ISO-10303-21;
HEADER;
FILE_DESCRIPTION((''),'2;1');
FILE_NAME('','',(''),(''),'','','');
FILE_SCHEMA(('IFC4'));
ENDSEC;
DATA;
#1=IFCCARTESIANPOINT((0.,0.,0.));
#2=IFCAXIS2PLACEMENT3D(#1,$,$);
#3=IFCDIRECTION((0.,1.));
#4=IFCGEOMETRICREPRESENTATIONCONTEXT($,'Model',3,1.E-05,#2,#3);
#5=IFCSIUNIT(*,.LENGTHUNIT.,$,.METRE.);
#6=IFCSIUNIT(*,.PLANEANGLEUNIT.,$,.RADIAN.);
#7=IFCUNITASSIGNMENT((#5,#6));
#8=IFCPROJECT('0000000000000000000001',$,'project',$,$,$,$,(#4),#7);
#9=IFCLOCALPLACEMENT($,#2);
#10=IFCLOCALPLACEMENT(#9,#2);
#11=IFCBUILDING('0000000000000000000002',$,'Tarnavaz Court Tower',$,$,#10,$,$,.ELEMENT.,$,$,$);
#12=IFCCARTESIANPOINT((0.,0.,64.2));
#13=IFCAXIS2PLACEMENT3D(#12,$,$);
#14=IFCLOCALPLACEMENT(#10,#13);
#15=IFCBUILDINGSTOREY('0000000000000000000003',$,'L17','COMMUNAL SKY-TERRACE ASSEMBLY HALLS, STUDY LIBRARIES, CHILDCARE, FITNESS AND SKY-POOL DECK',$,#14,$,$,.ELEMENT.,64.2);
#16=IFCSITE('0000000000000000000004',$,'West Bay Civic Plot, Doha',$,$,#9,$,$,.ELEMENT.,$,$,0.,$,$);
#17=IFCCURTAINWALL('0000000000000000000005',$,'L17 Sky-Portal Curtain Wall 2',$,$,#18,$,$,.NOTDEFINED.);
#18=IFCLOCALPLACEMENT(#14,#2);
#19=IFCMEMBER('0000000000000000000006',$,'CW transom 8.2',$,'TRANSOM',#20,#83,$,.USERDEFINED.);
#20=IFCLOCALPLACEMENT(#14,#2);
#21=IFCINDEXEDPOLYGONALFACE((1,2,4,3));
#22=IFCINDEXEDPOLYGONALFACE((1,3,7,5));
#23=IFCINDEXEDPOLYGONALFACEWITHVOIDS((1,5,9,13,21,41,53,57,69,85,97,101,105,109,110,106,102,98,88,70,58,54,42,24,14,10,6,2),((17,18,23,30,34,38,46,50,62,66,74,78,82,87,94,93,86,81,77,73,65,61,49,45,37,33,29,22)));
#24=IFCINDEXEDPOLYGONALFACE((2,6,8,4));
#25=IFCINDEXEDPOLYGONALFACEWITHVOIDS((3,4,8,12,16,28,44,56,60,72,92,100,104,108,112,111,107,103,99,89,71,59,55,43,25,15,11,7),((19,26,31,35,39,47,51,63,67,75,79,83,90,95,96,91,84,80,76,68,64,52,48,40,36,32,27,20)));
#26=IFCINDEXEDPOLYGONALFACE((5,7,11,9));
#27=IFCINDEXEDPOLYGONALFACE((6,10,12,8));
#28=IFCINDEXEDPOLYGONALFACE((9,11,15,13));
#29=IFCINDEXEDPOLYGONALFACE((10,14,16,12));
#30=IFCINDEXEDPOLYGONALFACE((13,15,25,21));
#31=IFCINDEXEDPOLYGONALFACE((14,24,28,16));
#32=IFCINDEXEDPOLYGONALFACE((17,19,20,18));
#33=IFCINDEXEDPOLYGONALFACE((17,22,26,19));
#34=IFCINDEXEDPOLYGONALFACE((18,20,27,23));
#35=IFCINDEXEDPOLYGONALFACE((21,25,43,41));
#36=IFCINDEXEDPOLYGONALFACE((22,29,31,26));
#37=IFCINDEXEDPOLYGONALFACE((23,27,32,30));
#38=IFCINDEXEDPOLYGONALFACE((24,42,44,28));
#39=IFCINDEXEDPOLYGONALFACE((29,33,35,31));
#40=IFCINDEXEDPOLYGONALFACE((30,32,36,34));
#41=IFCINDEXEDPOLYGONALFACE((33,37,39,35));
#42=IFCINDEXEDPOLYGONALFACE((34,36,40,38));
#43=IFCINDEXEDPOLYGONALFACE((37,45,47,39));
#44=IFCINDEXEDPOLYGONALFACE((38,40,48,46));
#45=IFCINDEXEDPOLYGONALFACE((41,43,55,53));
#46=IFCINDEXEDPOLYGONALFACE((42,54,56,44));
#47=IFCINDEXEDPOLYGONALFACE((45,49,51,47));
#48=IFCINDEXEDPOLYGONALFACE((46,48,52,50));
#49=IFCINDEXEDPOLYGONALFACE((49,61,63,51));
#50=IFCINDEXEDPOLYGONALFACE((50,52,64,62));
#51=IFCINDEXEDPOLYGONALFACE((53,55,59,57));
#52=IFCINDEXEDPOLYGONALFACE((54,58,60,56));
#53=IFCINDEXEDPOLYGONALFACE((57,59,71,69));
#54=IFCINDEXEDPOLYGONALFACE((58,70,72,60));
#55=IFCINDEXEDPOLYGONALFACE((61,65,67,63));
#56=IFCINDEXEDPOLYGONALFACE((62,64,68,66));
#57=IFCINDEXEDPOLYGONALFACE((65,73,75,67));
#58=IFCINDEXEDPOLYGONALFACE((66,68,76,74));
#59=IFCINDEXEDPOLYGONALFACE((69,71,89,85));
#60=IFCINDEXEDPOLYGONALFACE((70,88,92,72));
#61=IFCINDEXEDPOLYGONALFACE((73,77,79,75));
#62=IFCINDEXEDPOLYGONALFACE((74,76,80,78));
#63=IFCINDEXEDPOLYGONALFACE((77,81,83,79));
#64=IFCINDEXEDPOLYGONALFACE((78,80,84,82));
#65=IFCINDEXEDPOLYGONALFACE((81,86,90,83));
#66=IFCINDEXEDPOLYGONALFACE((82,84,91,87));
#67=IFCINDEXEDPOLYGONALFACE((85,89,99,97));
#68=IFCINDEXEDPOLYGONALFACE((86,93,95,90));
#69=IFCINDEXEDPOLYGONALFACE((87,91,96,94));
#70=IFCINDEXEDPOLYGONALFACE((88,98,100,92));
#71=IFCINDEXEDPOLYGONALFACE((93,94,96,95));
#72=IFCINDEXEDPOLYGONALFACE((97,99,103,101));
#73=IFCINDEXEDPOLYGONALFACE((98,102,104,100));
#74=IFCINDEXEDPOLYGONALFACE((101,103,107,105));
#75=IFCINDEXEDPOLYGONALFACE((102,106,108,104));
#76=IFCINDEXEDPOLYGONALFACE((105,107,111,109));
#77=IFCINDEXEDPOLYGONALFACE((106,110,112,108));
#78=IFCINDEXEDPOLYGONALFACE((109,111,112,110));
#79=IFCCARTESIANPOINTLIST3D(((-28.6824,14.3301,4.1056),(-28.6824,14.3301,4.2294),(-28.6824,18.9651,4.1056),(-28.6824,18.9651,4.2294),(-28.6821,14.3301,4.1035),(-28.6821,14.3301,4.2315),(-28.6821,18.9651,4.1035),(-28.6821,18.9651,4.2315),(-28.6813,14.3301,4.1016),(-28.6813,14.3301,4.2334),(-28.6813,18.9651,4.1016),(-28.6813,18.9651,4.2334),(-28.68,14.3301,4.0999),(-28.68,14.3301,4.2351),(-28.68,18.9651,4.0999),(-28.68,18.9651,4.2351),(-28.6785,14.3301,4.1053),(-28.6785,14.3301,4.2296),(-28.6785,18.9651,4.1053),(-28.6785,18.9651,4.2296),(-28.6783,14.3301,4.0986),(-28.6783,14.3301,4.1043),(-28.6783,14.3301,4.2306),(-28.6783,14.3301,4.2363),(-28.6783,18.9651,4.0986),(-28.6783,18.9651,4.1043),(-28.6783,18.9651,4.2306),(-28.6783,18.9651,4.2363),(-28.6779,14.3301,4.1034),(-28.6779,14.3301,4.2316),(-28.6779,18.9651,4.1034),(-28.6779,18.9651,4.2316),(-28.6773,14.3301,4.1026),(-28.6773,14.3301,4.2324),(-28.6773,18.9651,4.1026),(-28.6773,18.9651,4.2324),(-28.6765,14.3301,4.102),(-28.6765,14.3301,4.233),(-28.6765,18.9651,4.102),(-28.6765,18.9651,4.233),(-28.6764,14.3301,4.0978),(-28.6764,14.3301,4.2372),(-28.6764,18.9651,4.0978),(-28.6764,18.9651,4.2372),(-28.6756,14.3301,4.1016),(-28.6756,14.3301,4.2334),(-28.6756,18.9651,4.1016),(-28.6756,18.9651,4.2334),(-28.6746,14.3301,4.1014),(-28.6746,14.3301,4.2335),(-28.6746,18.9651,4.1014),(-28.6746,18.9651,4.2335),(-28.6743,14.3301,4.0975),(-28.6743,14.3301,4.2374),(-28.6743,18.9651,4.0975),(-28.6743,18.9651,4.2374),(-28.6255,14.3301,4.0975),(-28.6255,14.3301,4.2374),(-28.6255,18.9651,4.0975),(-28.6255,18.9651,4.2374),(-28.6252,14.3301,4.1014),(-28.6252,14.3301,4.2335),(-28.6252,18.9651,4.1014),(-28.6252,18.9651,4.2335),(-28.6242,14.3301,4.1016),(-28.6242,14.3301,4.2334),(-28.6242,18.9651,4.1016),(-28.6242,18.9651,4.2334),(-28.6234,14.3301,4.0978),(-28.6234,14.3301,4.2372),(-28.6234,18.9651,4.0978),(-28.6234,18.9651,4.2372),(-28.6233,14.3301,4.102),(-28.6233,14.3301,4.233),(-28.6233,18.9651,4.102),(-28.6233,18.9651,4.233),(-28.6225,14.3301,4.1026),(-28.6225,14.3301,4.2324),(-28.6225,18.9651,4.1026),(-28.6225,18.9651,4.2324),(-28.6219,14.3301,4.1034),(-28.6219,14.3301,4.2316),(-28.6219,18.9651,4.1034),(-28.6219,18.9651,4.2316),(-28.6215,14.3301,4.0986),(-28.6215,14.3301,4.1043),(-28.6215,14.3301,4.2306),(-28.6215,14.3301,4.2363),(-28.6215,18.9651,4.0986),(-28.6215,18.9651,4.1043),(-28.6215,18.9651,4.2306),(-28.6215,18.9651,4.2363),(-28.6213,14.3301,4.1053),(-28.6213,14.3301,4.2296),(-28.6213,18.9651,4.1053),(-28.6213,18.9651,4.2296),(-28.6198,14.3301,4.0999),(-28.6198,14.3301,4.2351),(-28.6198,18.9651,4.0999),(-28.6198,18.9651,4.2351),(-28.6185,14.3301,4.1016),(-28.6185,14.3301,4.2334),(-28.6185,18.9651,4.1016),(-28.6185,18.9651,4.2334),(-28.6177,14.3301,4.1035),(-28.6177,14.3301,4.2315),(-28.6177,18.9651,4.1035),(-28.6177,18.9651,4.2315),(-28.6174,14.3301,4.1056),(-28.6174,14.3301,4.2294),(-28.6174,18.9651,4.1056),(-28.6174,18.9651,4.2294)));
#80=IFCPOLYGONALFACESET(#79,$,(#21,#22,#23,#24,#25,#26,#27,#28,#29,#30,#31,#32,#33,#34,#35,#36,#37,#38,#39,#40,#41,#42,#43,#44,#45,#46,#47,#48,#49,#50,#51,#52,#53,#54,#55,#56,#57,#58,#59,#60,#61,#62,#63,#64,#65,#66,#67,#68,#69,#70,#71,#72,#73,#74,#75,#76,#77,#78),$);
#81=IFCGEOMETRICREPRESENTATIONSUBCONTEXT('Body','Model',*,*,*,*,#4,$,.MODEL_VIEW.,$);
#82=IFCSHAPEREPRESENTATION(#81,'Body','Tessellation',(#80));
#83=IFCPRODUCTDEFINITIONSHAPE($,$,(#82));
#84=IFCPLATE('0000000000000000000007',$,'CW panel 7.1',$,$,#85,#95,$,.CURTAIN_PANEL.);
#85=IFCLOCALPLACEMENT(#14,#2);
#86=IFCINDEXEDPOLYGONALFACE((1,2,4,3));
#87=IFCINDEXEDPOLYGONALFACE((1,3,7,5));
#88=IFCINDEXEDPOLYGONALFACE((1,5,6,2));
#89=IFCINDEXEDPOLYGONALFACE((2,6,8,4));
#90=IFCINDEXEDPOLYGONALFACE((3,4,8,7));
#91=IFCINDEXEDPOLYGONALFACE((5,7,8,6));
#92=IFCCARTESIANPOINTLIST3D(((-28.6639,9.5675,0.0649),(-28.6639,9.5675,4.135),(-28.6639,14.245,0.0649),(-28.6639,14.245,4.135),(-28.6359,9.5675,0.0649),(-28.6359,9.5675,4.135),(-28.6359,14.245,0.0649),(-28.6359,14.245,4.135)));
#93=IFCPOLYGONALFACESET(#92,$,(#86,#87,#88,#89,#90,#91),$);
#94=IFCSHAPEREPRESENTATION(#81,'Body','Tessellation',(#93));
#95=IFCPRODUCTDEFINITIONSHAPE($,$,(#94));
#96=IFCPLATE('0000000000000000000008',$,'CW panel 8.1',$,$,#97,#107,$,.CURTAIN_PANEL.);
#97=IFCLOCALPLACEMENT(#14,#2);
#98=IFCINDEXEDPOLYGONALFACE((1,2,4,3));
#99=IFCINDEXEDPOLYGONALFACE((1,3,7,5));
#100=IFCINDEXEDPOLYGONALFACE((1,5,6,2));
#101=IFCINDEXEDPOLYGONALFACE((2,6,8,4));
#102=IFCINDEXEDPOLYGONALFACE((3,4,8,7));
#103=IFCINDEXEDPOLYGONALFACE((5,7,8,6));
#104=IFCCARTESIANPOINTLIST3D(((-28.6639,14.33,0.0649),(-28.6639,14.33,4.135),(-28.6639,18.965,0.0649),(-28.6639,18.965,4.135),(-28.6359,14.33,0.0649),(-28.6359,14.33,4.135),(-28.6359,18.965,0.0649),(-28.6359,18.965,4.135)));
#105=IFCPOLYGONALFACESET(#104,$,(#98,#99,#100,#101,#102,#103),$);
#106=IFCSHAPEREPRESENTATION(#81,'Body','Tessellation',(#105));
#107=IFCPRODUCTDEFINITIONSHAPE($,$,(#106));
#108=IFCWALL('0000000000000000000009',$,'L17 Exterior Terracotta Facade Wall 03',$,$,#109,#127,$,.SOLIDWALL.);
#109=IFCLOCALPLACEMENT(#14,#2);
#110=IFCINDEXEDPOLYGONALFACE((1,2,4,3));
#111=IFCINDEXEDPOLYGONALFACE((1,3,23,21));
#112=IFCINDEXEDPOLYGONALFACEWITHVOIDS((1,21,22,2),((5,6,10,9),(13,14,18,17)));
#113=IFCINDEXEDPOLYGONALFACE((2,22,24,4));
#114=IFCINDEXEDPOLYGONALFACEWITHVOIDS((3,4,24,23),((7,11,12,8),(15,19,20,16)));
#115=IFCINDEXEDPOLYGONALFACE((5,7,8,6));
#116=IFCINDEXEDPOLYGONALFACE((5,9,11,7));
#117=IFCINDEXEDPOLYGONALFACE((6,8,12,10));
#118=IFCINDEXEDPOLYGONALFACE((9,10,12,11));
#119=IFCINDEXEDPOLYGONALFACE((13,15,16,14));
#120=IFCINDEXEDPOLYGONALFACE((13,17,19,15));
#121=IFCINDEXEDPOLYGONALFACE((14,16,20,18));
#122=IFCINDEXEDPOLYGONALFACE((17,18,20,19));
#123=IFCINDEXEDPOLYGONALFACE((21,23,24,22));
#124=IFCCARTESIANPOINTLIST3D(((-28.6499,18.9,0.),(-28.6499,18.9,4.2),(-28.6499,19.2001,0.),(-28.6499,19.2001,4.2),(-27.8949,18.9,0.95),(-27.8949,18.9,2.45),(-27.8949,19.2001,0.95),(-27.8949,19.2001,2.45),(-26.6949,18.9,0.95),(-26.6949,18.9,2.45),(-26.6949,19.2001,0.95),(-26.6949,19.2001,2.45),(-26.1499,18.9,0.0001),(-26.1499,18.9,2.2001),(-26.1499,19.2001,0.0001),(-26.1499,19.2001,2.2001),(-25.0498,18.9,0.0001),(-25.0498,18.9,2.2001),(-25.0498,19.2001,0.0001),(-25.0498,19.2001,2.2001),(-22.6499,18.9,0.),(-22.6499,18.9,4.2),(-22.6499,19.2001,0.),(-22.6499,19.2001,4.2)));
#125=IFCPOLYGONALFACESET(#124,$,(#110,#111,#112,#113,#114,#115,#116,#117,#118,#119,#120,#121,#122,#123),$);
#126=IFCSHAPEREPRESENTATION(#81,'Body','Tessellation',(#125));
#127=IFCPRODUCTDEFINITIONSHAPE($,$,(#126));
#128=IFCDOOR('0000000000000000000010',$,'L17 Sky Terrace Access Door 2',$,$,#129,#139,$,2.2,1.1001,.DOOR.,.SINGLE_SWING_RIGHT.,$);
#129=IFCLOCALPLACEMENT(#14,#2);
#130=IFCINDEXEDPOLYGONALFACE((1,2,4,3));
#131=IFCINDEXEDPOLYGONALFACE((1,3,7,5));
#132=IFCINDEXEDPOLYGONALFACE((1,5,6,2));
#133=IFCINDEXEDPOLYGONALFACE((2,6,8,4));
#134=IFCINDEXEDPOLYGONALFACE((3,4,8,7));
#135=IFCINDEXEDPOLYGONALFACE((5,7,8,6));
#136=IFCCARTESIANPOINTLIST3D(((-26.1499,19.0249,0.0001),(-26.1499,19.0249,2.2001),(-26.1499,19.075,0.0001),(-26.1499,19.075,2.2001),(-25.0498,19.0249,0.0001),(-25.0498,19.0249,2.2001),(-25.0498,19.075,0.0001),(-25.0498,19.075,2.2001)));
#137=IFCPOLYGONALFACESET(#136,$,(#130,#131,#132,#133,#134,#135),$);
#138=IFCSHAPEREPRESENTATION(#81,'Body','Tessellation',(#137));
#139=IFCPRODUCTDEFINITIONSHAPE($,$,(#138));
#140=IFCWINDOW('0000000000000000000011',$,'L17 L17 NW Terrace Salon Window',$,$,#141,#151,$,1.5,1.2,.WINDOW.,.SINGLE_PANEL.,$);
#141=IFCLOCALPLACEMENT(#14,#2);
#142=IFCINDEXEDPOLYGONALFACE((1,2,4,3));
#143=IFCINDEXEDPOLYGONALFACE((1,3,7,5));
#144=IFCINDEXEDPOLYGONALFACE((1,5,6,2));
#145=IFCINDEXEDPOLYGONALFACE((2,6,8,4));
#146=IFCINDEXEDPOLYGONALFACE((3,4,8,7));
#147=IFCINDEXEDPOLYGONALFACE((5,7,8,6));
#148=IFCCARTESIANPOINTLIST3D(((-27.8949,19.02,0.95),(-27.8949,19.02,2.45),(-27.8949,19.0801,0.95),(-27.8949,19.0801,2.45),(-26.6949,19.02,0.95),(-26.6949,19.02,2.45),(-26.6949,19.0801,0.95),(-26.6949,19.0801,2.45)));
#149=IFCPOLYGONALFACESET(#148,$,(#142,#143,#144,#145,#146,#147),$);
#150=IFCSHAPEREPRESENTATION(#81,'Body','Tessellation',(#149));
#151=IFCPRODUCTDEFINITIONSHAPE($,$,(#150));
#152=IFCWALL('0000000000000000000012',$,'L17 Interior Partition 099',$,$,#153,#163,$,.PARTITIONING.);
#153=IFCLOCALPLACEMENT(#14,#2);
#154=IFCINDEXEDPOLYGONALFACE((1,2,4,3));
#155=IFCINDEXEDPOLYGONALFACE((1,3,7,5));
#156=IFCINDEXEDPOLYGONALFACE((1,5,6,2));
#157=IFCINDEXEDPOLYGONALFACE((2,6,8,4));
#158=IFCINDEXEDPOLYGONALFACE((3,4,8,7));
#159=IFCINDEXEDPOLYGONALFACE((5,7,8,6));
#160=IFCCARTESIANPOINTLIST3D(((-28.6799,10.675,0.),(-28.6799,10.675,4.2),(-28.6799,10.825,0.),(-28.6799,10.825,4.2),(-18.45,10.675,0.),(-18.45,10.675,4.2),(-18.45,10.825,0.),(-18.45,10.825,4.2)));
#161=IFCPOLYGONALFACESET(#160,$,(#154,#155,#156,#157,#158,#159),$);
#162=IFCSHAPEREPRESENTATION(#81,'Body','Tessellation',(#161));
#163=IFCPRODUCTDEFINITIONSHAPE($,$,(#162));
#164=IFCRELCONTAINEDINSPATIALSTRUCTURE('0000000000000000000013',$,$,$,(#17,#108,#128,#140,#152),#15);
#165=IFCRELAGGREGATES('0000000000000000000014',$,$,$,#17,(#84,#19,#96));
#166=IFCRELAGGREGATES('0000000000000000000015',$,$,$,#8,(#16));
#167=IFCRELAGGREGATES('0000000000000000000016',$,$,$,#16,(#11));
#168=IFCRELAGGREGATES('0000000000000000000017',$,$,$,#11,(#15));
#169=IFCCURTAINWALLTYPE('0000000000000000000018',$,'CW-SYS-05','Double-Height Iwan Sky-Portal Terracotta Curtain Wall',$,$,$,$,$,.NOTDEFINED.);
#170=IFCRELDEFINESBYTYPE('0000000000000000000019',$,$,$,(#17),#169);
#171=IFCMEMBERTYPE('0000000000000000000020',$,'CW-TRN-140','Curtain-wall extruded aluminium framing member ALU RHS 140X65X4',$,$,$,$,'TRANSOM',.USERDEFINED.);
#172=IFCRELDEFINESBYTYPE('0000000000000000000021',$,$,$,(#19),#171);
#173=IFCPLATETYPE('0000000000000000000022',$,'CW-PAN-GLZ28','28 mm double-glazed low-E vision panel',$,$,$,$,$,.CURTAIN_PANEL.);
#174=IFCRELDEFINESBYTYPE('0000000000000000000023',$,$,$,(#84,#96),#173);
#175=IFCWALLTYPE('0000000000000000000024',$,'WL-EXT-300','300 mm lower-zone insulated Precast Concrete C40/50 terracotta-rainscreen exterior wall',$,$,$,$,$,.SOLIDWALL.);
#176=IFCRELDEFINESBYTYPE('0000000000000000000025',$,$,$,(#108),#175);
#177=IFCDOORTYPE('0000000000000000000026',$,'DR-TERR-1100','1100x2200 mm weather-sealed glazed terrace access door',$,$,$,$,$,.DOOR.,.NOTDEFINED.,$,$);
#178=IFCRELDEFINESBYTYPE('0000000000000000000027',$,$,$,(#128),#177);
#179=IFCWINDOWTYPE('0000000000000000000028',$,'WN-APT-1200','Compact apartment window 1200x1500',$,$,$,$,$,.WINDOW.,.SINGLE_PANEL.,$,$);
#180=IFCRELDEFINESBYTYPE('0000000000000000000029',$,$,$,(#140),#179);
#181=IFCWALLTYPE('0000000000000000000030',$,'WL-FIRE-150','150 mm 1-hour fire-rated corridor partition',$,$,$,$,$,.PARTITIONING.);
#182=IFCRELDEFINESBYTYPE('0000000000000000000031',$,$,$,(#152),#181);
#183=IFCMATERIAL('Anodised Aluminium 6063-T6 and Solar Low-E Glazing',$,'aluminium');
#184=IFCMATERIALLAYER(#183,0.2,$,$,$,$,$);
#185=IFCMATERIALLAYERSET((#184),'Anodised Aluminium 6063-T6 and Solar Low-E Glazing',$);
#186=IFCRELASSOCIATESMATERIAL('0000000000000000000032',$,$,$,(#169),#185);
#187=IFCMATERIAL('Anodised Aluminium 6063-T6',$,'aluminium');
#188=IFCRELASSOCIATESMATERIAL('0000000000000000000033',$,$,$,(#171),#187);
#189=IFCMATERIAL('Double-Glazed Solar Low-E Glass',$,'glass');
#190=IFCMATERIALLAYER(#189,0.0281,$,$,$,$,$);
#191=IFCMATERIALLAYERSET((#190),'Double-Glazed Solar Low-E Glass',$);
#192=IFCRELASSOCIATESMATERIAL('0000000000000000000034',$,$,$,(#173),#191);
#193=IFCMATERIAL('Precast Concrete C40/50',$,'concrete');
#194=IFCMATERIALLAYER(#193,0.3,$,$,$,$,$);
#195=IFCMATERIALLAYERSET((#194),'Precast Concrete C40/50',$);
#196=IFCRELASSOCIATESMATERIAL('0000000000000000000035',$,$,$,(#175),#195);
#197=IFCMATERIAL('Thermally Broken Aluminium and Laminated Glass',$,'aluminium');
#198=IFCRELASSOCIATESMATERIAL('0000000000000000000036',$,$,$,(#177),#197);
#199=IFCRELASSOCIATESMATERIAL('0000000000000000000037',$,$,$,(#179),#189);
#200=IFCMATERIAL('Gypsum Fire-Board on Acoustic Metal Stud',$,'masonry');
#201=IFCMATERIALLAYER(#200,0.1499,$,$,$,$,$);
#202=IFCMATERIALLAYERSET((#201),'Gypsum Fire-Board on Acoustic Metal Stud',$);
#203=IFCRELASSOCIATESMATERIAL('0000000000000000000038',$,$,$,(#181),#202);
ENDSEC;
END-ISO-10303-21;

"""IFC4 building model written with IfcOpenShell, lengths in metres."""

from ifc_helpers import new_model, si_unit, direction, frame, frame_2d, origin, origin_2d, place, context, subcontext, project, spatial, rectangle, hollow_rectangle, extrude, material, layer, layer_set, material_profile, profile_set, type_object, element, fill, aggregate, save


model = new_model("IFC4")

# Units and contexts
model_context = context("Model", 3, precision=1e-05, world=origin(), true_north=direction((0.0, 1.0)))
body_context = subcontext(model_context, "Body", "Model", "MODEL_VIEW")
ifc_project = project(units=[si_unit("LENGTHUNIT", "METRE"), si_unit("PLANEANGLEUNIT", "RADIAN")], contexts=[model_context])

# Site, building, storey
site_placement = place(None, origin())
site = spatial("IfcSite", under=ifc_project, at=site_placement, Name="West Bay Civic Plot, Doha", CompositionType="ELEMENT", RefElevation=0.0)
building_placement = place(site_placement, origin())
building = spatial("IfcBuilding", under=site, at=building_placement, Name="Tarnavaz Court Tower", CompositionType="ELEMENT")
storey_placement = place(building_placement, frame((0.0, 0.0, 64.2)))
storey = spatial("IfcBuildingStorey", under=building, at=storey_placement, Name="L17", Description="COMMUNAL SKY-TERRACE ASSEMBLY HALLS, STUDY LIBRARIES, CHILDCARE, FITNESS AND SKY-POOL DECK", CompositionType="ELEMENT", Elevation=64.2)

# Curtain wall, member, plates
ifc_material_1 = material(Name="Anodised Aluminium 6063-T6 and Solar Low-E Glazing", Category="aluminium")
ifc_layer_1 = layer(ifc_material_1, 0.2)
ifc_layer_set_1 = layer_set([ifc_layer_1], Name="Anodised Aluminium 6063-T6 and Solar Low-E Glazing")
curtain_wall_type = type_object("IfcCurtainWallType", Name="CW-SYS-05", Description="Double-Height Iwan Sky-Portal Terracotta Curtain Wall", PredefinedType="NOTDEFINED", material=ifc_layer_set_1)
curtain_wall_placement = place(storey_placement, origin())
curtain_wall = element("IfcCurtainWall", 1, at=curtain_wall_placement, inside=storey, type_object=curtain_wall_type, Name="L17 Sky-Portal Curtain Wall 2", PredefinedType="NOTDEFINED")
ifc_material_2 = material(Name="Anodised Aluminium 6063-T6", Category="aluminium")
ifc_material_profile_1 = material_profile(ifc_material_2, hollow_rectangle(XDim=0.0649, YDim=0.1399, WallThickness=0.0039, InnerFilletRadius=0.0039, OuterFilletRadius=0.0081, at=origin_2d()), Name="ALU RHS 140X65X4")
ifc_profile_set_1 = profile_set([ifc_material_profile_1], Name="Anodised Aluminium 6063-T6")
member_type_1 = type_object("IfcMemberType", Name="CW-TRN-140", Description="Curtain-wall extruded aluminium framing member ALU RHS 140X65X4", ElementType="TRANSOM", PredefinedType="USERDEFINED", material=ifc_profile_set_1)
member_1_placement = place(storey_placement, frame((-28.6499, 14.3301, 4.1675), z_axis=(0.0, 1.0, 0.0), x_axis=(-1.0, 0.0, 0.0)))
member_1 = element("IfcMember", 2, at=member_1_placement, type_object=member_type_1, Name="CW transom 8.2", ObjectType="TRANSOM", PredefinedType="USERDEFINED", context=body_context, shape_type="SweptSolid", body=[
    extrude(hollow_rectangle(XDim=0.0649, YDim=0.1399, WallThickness=0.0039, InnerFilletRadius=0.0039, OuterFilletRadius=0.0081, at=origin_2d()), origin(), (0.0, 0.0, 1.0), 4.635),
])
ifc_material_3 = material(Name="Double-Glazed Solar Low-E Glass", Category="glass")
ifc_layer_2 = layer(ifc_material_3, 0.0281)
ifc_layer_set_2 = layer_set([ifc_layer_2], Name="Double-Glazed Solar Low-E Glass")
plate_type = type_object("IfcPlateType", Name="CW-PAN-GLZ28", Description="28 mm double-glazed low-E vision panel", PredefinedType="CURTAIN_PANEL", material=ifc_layer_set_2)
plate_1_placement = place(storey_placement, frame((-28.6499, 11.9062, 0.0649), z_axis=(0.0, 0.0, 1.0), x_axis=(0.0, 1.0, 0.0)))
plate_1 = element("IfcPlate", 3, at=plate_1_placement, type_object=plate_type, Name="CW panel 7.1", PredefinedType="CURTAIN_PANEL", context=body_context, shape_type="SweptSolid", body=[
    extrude(rectangle(XDim=4.6775, YDim=0.0281, at=origin_2d()), origin(), (0.0, 0.0, 1.0), 4.0701),
])
plate_2_placement = place(storey_placement, frame((-28.6499, 16.6475, 0.0649), z_axis=(0.0, 0.0, 1.0), x_axis=(0.0, 1.0, 0.0)))
plate_2 = element("IfcPlate", 4, at=plate_2_placement, type_object=plate_type, Name="CW panel 8.1", PredefinedType="CURTAIN_PANEL", context=body_context, shape_type="SweptSolid", body=[
    extrude(rectangle(XDim=4.635, YDim=0.0281, at=origin_2d()), origin(), (0.0, 0.0, 1.0), 4.0701),
])
aggregate(curtain_wall, [plate_1, member_1, plate_2])

# Wall, openings, door, window
ifc_material_4 = material(Name="Precast Concrete C40/50", Category="concrete")
ifc_layer_3 = layer(ifc_material_4, 0.3)
ifc_layer_set_3 = layer_set([ifc_layer_3], Name="Precast Concrete C40/50")
wall_type_1 = type_object("IfcWallType", Name="WL-EXT-300", Description="300 mm lower-zone insulated Precast Concrete C40/50 terracotta-rainscreen exterior wall", PredefinedType="SOLIDWALL", material=ifc_layer_set_3)
wall_1_placement = place(storey_placement, frame((-28.6499, 19.05, 0.0), z_axis=(0.0, 0.0, 1.0), x_axis=(1.0, 0.0, 0.0)))
wall_1 = element("IfcWall", 5, at=wall_1_placement, inside=storey, type_object=wall_type_1, Name="L17 Exterior Terracotta Facade Wall 03", PredefinedType="SOLIDWALL", context=body_context, shape_type="SweptSolid", body=[
    extrude(rectangle(XDim=6.0, YDim=0.3, at=frame_2d((3.0, 0.0))), origin(), (0.0, 0.0, 1.0), 4.2),
])
opening_1_placement = place(wall_1_placement, frame((2.5, 0.0, 0.0)))
opening_1 = element("IfcOpeningElement", 6, at=opening_1_placement, cuts=wall_1, PredefinedType="OPENING", context=body_context, shape_type="SweptSolid", body=[
    extrude(rectangle(XDim=1.1001, YDim=2.2, at=frame_2d((0.55, 1.1001))), frame((0.0, 0.1599, 0.0), z_axis=(0.0, -1.0, 0.0), x_axis=(1.0, 0.0, 0.0)), (0.0, 0.0, 1.0), 0.3201),
])
opening_2_placement = place(wall_1_placement, frame((0.7549, 0.0, 0.95)))
opening_2 = element("IfcOpeningElement", 7, at=opening_2_placement, cuts=wall_1, PredefinedType="OPENING", context=body_context, shape_type="SweptSolid", body=[
    extrude(rectangle(XDim=1.2, YDim=1.5, at=frame_2d((0.6001, 0.75))), frame((0.0, 0.1599, 0.0), z_axis=(0.0, -1.0, 0.0), x_axis=(1.0, 0.0, 0.0)), (0.0, 0.0, 1.0), 0.3201),
])
ifc_material_5 = material(Name="Thermally Broken Aluminium and Laminated Glass", Category="aluminium")
door_type_1 = type_object("IfcDoorType", Name="DR-TERR-1100", Description="1100x2200 mm weather-sealed glazed terrace access door", OperationType="NOTDEFINED", PredefinedType="DOOR", material=ifc_material_5)
door_1_placement = place(opening_1_placement, origin())
door_1 = element("IfcDoor", 8, at=door_1_placement, inside=storey, type_object=door_type_1, Name="L17 Sky Terrace Access Door 2", OperationType="SINGLE_SWING_RIGHT", OverallHeight=2.2, OverallWidth=1.1001, PredefinedType="DOOR", context=body_context, shape_type="SweptSolid", body=[
    extrude(rectangle(XDim=1.1001, YDim=2.2, at=frame_2d((0.55, 1.1001))), frame((0.0, 0.0249, 0.0), z_axis=(0.0, -1.0, 0.0), x_axis=(1.0, 0.0, 0.0)), (0.0, 0.0, 1.0), 0.05),
])
fill(opening_1, door_1)
window_type = type_object("IfcWindowType", Name="WN-APT-1200", Description="Compact apartment window 1200x1500", PartitioningType="SINGLE_PANEL", PredefinedType="WINDOW", material=ifc_material_3)
window_placement = place(opening_2_placement, origin())
window = element("IfcWindow", 9, at=window_placement, inside=storey, type_object=window_type, Name="L17 L17 NW Terrace Salon Window", OverallHeight=1.5, OverallWidth=1.2, PartitioningType="SINGLE_PANEL", PredefinedType="WINDOW", context=body_context, shape_type="SweptSolid", body=[
    extrude(rectangle(XDim=1.2, YDim=1.5, at=frame_2d((0.6001, 0.75))), frame((0.0, 0.03, 0.0), z_axis=(0.0, -1.0, 0.0), x_axis=(1.0, 0.0, 0.0)), (0.0, 0.0, 1.0), 0.0601),
])
fill(opening_2, window)

# Wall
ifc_material_6 = material(Name="Gypsum Fire-Board on Acoustic Metal Stud", Category="masonry")
ifc_layer_4 = layer(ifc_material_6, 0.1499)
ifc_layer_set_4 = layer_set([ifc_layer_4], Name="Gypsum Fire-Board on Acoustic Metal Stud")
wall_type_2 = type_object("IfcWallType", Name="WL-FIRE-150", Description="150 mm 1-hour fire-rated corridor partition", PredefinedType="PARTITIONING", material=ifc_layer_set_4)
wall_2_placement = place(storey_placement, frame((-28.6799, 10.75, 0.0), z_axis=(0.0, 0.0, 1.0), x_axis=(1.0, 0.0, 0.0)))
element("IfcWall", 10, at=wall_2_placement, inside=storey, type_object=wall_type_2, Name="L17 Interior Partition 099", PredefinedType="PARTITIONING", context=body_context, shape_type="SweptSolid", body=[
    extrude(rectangle(XDim=10.23, YDim=0.1499, at=frame_2d((5.115, 0.0))), origin(), (0.0, 0.0, 1.0), 4.2),
])

save(model, "model.ifc")
